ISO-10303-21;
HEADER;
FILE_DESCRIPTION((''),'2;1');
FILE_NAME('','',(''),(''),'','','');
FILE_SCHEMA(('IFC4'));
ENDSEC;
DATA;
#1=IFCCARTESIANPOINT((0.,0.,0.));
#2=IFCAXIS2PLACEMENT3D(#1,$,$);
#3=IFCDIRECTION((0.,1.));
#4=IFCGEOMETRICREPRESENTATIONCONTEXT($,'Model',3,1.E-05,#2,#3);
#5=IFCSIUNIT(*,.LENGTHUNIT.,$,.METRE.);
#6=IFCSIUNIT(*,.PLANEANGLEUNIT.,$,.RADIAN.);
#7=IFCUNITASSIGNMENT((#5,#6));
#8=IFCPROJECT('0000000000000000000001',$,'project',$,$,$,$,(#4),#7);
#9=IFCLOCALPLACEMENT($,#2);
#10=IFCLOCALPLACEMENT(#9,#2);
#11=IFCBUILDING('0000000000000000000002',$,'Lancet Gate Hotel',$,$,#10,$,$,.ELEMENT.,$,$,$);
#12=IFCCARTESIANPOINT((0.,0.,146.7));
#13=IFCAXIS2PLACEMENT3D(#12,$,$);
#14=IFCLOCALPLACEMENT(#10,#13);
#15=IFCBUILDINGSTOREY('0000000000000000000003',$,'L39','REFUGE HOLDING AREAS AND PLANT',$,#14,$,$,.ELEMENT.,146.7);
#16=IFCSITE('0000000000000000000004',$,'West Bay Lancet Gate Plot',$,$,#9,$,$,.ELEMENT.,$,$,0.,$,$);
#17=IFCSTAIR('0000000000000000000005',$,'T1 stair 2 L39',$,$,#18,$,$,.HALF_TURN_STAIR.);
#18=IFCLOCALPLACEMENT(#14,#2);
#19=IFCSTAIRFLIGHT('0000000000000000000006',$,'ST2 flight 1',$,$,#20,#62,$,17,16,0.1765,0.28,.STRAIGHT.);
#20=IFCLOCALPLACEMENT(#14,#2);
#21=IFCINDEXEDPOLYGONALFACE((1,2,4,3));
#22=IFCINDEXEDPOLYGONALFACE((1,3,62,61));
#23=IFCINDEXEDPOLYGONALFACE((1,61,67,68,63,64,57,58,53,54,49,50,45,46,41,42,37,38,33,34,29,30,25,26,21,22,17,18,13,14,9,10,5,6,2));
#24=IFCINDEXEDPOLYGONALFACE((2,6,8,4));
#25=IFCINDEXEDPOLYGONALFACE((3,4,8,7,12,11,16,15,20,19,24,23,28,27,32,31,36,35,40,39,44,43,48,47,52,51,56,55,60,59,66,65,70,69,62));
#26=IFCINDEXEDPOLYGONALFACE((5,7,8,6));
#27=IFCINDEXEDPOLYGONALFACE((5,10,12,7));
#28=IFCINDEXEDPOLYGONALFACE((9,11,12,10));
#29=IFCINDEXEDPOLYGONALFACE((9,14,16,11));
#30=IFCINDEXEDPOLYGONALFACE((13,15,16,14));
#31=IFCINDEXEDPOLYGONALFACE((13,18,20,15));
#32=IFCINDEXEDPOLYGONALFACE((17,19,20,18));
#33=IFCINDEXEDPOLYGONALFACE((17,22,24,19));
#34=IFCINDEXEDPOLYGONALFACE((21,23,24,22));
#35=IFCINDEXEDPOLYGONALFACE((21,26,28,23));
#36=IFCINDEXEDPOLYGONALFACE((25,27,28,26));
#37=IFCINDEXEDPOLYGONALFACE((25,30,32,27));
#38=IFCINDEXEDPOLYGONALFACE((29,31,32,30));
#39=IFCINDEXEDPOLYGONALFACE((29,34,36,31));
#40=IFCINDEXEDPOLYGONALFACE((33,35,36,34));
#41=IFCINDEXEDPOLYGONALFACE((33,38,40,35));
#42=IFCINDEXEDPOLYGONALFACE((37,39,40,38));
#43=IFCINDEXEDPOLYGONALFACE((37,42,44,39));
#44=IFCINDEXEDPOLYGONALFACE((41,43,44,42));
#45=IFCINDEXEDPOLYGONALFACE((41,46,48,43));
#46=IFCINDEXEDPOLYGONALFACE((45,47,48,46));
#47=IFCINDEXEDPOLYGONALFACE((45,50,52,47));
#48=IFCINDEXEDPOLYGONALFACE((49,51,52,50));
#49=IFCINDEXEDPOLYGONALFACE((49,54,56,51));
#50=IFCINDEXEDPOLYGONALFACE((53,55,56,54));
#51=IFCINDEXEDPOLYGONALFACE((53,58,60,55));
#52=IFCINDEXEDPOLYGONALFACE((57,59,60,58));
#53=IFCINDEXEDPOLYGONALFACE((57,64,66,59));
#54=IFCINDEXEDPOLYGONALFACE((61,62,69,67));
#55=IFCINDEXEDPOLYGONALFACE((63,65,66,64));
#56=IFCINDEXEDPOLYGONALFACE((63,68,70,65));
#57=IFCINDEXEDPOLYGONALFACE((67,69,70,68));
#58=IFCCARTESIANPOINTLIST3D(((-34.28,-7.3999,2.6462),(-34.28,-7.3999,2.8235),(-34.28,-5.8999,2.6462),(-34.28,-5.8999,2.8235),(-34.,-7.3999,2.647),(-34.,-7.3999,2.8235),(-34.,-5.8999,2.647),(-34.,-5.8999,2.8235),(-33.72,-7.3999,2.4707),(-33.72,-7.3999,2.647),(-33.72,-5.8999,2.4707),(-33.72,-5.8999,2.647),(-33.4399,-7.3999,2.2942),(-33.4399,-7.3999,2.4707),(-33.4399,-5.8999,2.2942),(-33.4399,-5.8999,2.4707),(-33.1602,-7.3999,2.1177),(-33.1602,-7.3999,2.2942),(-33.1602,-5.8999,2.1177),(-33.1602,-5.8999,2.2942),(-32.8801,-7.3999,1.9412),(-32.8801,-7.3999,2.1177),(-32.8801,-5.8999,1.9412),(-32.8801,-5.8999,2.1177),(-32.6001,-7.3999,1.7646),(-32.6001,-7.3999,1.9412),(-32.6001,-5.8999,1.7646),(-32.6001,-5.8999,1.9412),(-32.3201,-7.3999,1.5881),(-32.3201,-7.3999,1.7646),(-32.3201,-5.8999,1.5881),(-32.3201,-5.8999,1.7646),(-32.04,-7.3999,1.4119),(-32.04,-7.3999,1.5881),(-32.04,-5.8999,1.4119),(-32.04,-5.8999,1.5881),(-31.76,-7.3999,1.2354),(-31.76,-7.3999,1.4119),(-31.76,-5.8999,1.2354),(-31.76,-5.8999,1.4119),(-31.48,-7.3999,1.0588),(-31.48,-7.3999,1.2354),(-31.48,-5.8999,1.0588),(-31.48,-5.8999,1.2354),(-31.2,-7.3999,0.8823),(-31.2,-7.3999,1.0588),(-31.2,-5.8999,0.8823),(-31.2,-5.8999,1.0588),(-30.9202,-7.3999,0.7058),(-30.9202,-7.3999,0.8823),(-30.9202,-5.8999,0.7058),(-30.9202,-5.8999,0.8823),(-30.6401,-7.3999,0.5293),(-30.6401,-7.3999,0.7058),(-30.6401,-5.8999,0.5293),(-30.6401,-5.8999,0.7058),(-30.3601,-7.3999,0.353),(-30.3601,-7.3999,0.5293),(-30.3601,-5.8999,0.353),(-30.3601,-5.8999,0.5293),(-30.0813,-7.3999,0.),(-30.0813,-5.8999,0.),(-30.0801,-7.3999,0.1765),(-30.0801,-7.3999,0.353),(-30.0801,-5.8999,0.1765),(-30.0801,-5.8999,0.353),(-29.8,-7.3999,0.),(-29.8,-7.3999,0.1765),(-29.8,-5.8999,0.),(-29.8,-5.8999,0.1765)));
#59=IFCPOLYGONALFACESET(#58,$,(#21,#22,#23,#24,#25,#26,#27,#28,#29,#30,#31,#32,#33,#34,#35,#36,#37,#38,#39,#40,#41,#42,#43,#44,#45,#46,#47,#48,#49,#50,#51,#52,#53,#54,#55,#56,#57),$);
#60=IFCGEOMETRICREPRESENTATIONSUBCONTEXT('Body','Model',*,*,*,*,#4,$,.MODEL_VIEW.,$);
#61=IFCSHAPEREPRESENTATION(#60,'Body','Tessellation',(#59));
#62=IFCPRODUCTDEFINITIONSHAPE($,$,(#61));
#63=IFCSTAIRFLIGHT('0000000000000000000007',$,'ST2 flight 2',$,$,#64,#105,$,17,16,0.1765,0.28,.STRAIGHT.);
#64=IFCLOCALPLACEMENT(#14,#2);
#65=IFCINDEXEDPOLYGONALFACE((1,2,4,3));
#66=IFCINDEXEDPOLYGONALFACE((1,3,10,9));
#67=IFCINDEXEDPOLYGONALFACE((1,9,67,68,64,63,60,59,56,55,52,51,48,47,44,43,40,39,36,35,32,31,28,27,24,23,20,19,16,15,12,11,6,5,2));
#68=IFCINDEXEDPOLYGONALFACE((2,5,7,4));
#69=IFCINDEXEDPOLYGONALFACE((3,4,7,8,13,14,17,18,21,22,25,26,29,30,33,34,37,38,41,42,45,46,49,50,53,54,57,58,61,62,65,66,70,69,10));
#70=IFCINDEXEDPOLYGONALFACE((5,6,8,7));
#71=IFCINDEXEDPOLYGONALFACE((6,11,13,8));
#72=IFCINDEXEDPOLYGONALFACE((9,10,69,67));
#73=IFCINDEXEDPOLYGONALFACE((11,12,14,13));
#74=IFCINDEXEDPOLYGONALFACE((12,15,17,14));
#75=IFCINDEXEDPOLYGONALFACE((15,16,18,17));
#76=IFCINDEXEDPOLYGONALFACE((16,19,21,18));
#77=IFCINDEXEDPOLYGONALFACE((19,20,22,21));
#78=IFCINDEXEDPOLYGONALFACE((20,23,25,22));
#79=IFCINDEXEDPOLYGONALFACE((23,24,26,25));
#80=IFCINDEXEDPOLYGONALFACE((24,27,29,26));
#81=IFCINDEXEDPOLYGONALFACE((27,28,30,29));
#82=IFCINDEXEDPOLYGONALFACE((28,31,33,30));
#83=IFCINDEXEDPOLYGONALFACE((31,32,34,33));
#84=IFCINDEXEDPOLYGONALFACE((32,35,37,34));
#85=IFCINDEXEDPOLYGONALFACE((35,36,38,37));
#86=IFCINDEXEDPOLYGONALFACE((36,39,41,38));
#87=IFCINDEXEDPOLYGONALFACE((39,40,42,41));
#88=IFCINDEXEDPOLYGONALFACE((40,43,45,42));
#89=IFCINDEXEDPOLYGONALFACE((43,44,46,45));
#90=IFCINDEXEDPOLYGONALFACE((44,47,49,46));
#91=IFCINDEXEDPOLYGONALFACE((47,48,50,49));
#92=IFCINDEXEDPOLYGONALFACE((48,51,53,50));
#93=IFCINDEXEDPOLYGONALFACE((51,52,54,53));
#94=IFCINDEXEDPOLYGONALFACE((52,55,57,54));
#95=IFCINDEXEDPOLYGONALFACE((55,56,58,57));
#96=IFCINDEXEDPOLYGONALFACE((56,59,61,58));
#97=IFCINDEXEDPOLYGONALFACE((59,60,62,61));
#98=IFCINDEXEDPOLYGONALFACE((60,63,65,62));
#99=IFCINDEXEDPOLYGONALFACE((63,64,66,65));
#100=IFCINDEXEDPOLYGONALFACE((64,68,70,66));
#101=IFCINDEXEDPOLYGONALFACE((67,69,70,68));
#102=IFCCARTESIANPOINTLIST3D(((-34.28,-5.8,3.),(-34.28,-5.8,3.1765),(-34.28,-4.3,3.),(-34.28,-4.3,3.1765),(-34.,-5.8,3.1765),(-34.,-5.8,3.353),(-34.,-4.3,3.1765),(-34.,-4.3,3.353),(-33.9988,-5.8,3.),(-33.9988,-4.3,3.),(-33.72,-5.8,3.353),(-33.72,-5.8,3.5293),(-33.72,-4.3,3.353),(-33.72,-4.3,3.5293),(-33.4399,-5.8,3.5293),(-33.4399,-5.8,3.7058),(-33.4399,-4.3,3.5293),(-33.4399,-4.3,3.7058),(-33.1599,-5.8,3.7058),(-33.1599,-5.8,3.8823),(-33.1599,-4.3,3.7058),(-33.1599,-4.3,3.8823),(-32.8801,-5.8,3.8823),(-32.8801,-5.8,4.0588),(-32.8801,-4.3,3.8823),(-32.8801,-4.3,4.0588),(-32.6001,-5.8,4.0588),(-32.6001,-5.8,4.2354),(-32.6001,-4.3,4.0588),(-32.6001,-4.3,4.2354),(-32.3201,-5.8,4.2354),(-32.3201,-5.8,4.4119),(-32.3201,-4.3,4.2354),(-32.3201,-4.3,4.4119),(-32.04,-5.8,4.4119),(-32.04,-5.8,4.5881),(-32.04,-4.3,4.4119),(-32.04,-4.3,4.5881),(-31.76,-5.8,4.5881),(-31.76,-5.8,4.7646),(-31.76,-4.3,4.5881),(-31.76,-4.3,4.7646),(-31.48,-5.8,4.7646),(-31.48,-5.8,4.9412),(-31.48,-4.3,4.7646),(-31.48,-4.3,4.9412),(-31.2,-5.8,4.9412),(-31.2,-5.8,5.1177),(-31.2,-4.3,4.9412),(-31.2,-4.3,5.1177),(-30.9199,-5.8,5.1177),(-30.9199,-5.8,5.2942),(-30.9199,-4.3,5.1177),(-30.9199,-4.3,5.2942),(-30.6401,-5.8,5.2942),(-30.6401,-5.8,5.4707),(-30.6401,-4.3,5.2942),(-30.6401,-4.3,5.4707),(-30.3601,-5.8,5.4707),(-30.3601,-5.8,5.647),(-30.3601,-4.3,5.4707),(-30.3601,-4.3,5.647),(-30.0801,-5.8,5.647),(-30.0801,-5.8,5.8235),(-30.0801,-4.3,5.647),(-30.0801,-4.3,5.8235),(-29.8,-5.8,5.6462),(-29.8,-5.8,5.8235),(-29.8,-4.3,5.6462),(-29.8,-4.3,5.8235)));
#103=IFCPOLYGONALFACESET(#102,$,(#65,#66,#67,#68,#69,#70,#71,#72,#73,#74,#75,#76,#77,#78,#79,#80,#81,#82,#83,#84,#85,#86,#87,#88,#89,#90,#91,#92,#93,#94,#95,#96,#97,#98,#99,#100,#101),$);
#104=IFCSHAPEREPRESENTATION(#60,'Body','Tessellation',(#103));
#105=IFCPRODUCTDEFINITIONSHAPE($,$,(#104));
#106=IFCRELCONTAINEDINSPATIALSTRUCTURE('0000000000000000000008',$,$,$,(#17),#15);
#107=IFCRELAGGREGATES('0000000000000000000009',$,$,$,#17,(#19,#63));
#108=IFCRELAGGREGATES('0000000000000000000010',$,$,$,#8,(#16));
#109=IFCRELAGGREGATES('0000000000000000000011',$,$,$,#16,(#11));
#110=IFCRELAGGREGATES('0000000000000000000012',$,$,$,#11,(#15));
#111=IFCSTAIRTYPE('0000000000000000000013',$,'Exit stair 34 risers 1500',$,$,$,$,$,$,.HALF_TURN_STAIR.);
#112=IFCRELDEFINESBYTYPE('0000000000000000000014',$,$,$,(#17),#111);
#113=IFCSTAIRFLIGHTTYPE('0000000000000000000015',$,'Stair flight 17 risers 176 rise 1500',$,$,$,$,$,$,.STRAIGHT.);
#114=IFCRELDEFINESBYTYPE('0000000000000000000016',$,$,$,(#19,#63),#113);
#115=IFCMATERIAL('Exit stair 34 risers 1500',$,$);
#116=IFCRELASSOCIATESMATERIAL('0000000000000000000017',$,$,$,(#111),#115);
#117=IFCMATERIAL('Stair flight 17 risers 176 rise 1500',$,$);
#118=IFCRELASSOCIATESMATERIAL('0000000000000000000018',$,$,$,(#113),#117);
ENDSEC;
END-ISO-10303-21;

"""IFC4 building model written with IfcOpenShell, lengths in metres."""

from ifc_helpers import new_model, si_unit, direction, frame, origin, place, context, subcontext, project, spatial, polyline, outline, extrude, material, type_object, element, aggregate, save


model = new_model("IFC4")

# Units and contexts
model_context = context("Model", 3, precision=1e-05, world=origin(), true_north=direction((0.0, 1.0)))
body_context = subcontext(model_context, "Body", "Model", "MODEL_VIEW")
ifc_project = project(units=[si_unit("LENGTHUNIT", "METRE"), si_unit("PLANEANGLEUNIT", "RADIAN")], contexts=[model_context])

# Site, building, storey
site_placement = place(None, origin())
site = spatial("IfcSite", under=ifc_project, at=site_placement, Name="West Bay Lancet Gate Plot", CompositionType="ELEMENT", RefElevation=0.0)
building_placement = place(site_placement, origin())
building = spatial("IfcBuilding", under=site, at=building_placement, Name="Lancet Gate Hotel", CompositionType="ELEMENT")
storey_placement = place(building_placement, frame((0.0, 0.0, 146.7)))
storey = spatial("IfcBuildingStorey", under=building, at=storey_placement, Name="L39", Description="REFUGE HOLDING AREAS AND PLANT", CompositionType="ELEMENT", Elevation=146.7)

# Stair, stair flights
ifc_material_1 = material(Name="Exit stair 34 risers 1500")
stair_type = type_object("IfcStairType", Name="Exit stair 34 risers 1500", PredefinedType="HALF_TURN_STAIR", material=ifc_material_1)
stair_placement = place(storey_placement, origin())
stair = element("IfcStair", 1, at=stair_placement, inside=storey, type_object=stair_type, Name="T1 stair 2 L39", PredefinedType="HALF_TURN_STAIR")
ifc_material_2 = material(Name="Stair flight 17 risers 176 rise 1500")
stair_flight_type = type_object("IfcStairFlightType", Name="Stair flight 17 risers 176 rise 1500", PredefinedType="STRAIGHT", material=ifc_material_2)
stair_flight_1_placement = place(storey_placement, frame((-29.8, -6.6499, 0.0), z_axis=(0.0, 0.0, 1.0), x_axis=(-1.0, 0.0, 0.0)))
stair_flight_1 = element("IfcStairFlight", 2, at=stair_flight_1_placement, type_object=stair_flight_type, Name="ST2 flight 1", NumberOfRisers=17, NumberOfTreads=16, PredefinedType="STRAIGHT", RiserHeight=0.1765, TreadLength=0.28, context=body_context, shape_type="SweptSolid", body=[
    extrude(outline(polyline([(0.0, 0.0), (0.0, 0.1765), (0.28, 0.1765), (0.28, 0.353), (0.5601, 0.353), (0.5601, 0.5293), (0.8401, 0.5293), (0.8401, 0.7058), (1.1201, 0.7058), (1.1201, 0.8823), (1.3999, 0.8823), (1.3999, 1.0588), (1.6799, 1.0588), (1.6799, 1.2354), (1.96, 1.2354), (1.96, 1.4119), (2.24, 1.4119), (2.24, 1.5881), (2.52, 1.5881), (2.52, 1.7646), (2.8, 1.7646), (2.8, 1.9412), (3.0801, 1.9412), (3.0801, 2.1177), (3.3601, 2.1177), (3.3601, 2.2942), (3.6399, 2.2942), (3.6399, 2.4707), (3.9199, 2.4707), (3.9199, 2.647), (4.2, 2.647), (4.2, 2.8235), (4.48, 2.8235), (4.48, 3.0), (4.48, 2.6462), (0.2812, 0.0), (0.0, 0.0)])), frame((0.0, 0.75, 0.0), z_axis=(0.0, -1.0, 0.0), x_axis=(1.0, 0.0, 0.0)), (0.0, 0.0, 1.0), 1.5),
])
stair_flight_2_placement = place(storey_placement, frame((-34.28, -5.05, 3.0), z_axis=(0.0, 0.0, 1.0), x_axis=(1.0, 0.0, 0.0)))
stair_flight_2 = element("IfcStairFlight", 3, at=stair_flight_2_placement, type_object=stair_flight_type, Name="ST2 flight 2", NumberOfRisers=17, NumberOfTreads=16, PredefinedType="STRAIGHT", RiserHeight=0.1765, TreadLength=0.28, context=body_context, shape_type="SweptSolid", body=[
    extrude(outline(polyline([(0.0, 0.0), (0.0, 0.1765), (0.28, 0.1765), (0.28, 0.353), (0.5601, 0.353), (0.5601, 0.5293), (0.8401, 0.5293), (0.8401, 0.7058), (1.1201, 0.7058), (1.1201, 0.8823), (1.3999, 0.8823), (1.3999, 1.0588), (1.6799, 1.0588), (1.6799, 1.2354), (1.96, 1.2354), (1.96, 1.4119), (2.24, 1.4119), (2.24, 1.5881), (2.52, 1.5881), (2.52, 1.7646), (2.8, 1.7646), (2.8, 1.9412), (3.0801, 1.9412), (3.0801, 2.1177), (3.3601, 2.1177), (3.3601, 2.2942), (3.6399, 2.2942), (3.6399, 2.4707), (3.9199, 2.4707), (3.9199, 2.647), (4.2, 2.647), (4.2, 2.8235), (4.48, 2.8235), (4.48, 3.0), (4.48, 2.6462), (0.2812, 0.0), (0.0, 0.0)])), frame((0.0, 0.75, 0.0), z_axis=(0.0, -1.0, 0.0), x_axis=(1.0, 0.0, 0.0)), (0.0, 0.0, 1.0), 1.5),
])
aggregate(stair, [stair_flight_1, stair_flight_2])

save(model, "model.ifc")
